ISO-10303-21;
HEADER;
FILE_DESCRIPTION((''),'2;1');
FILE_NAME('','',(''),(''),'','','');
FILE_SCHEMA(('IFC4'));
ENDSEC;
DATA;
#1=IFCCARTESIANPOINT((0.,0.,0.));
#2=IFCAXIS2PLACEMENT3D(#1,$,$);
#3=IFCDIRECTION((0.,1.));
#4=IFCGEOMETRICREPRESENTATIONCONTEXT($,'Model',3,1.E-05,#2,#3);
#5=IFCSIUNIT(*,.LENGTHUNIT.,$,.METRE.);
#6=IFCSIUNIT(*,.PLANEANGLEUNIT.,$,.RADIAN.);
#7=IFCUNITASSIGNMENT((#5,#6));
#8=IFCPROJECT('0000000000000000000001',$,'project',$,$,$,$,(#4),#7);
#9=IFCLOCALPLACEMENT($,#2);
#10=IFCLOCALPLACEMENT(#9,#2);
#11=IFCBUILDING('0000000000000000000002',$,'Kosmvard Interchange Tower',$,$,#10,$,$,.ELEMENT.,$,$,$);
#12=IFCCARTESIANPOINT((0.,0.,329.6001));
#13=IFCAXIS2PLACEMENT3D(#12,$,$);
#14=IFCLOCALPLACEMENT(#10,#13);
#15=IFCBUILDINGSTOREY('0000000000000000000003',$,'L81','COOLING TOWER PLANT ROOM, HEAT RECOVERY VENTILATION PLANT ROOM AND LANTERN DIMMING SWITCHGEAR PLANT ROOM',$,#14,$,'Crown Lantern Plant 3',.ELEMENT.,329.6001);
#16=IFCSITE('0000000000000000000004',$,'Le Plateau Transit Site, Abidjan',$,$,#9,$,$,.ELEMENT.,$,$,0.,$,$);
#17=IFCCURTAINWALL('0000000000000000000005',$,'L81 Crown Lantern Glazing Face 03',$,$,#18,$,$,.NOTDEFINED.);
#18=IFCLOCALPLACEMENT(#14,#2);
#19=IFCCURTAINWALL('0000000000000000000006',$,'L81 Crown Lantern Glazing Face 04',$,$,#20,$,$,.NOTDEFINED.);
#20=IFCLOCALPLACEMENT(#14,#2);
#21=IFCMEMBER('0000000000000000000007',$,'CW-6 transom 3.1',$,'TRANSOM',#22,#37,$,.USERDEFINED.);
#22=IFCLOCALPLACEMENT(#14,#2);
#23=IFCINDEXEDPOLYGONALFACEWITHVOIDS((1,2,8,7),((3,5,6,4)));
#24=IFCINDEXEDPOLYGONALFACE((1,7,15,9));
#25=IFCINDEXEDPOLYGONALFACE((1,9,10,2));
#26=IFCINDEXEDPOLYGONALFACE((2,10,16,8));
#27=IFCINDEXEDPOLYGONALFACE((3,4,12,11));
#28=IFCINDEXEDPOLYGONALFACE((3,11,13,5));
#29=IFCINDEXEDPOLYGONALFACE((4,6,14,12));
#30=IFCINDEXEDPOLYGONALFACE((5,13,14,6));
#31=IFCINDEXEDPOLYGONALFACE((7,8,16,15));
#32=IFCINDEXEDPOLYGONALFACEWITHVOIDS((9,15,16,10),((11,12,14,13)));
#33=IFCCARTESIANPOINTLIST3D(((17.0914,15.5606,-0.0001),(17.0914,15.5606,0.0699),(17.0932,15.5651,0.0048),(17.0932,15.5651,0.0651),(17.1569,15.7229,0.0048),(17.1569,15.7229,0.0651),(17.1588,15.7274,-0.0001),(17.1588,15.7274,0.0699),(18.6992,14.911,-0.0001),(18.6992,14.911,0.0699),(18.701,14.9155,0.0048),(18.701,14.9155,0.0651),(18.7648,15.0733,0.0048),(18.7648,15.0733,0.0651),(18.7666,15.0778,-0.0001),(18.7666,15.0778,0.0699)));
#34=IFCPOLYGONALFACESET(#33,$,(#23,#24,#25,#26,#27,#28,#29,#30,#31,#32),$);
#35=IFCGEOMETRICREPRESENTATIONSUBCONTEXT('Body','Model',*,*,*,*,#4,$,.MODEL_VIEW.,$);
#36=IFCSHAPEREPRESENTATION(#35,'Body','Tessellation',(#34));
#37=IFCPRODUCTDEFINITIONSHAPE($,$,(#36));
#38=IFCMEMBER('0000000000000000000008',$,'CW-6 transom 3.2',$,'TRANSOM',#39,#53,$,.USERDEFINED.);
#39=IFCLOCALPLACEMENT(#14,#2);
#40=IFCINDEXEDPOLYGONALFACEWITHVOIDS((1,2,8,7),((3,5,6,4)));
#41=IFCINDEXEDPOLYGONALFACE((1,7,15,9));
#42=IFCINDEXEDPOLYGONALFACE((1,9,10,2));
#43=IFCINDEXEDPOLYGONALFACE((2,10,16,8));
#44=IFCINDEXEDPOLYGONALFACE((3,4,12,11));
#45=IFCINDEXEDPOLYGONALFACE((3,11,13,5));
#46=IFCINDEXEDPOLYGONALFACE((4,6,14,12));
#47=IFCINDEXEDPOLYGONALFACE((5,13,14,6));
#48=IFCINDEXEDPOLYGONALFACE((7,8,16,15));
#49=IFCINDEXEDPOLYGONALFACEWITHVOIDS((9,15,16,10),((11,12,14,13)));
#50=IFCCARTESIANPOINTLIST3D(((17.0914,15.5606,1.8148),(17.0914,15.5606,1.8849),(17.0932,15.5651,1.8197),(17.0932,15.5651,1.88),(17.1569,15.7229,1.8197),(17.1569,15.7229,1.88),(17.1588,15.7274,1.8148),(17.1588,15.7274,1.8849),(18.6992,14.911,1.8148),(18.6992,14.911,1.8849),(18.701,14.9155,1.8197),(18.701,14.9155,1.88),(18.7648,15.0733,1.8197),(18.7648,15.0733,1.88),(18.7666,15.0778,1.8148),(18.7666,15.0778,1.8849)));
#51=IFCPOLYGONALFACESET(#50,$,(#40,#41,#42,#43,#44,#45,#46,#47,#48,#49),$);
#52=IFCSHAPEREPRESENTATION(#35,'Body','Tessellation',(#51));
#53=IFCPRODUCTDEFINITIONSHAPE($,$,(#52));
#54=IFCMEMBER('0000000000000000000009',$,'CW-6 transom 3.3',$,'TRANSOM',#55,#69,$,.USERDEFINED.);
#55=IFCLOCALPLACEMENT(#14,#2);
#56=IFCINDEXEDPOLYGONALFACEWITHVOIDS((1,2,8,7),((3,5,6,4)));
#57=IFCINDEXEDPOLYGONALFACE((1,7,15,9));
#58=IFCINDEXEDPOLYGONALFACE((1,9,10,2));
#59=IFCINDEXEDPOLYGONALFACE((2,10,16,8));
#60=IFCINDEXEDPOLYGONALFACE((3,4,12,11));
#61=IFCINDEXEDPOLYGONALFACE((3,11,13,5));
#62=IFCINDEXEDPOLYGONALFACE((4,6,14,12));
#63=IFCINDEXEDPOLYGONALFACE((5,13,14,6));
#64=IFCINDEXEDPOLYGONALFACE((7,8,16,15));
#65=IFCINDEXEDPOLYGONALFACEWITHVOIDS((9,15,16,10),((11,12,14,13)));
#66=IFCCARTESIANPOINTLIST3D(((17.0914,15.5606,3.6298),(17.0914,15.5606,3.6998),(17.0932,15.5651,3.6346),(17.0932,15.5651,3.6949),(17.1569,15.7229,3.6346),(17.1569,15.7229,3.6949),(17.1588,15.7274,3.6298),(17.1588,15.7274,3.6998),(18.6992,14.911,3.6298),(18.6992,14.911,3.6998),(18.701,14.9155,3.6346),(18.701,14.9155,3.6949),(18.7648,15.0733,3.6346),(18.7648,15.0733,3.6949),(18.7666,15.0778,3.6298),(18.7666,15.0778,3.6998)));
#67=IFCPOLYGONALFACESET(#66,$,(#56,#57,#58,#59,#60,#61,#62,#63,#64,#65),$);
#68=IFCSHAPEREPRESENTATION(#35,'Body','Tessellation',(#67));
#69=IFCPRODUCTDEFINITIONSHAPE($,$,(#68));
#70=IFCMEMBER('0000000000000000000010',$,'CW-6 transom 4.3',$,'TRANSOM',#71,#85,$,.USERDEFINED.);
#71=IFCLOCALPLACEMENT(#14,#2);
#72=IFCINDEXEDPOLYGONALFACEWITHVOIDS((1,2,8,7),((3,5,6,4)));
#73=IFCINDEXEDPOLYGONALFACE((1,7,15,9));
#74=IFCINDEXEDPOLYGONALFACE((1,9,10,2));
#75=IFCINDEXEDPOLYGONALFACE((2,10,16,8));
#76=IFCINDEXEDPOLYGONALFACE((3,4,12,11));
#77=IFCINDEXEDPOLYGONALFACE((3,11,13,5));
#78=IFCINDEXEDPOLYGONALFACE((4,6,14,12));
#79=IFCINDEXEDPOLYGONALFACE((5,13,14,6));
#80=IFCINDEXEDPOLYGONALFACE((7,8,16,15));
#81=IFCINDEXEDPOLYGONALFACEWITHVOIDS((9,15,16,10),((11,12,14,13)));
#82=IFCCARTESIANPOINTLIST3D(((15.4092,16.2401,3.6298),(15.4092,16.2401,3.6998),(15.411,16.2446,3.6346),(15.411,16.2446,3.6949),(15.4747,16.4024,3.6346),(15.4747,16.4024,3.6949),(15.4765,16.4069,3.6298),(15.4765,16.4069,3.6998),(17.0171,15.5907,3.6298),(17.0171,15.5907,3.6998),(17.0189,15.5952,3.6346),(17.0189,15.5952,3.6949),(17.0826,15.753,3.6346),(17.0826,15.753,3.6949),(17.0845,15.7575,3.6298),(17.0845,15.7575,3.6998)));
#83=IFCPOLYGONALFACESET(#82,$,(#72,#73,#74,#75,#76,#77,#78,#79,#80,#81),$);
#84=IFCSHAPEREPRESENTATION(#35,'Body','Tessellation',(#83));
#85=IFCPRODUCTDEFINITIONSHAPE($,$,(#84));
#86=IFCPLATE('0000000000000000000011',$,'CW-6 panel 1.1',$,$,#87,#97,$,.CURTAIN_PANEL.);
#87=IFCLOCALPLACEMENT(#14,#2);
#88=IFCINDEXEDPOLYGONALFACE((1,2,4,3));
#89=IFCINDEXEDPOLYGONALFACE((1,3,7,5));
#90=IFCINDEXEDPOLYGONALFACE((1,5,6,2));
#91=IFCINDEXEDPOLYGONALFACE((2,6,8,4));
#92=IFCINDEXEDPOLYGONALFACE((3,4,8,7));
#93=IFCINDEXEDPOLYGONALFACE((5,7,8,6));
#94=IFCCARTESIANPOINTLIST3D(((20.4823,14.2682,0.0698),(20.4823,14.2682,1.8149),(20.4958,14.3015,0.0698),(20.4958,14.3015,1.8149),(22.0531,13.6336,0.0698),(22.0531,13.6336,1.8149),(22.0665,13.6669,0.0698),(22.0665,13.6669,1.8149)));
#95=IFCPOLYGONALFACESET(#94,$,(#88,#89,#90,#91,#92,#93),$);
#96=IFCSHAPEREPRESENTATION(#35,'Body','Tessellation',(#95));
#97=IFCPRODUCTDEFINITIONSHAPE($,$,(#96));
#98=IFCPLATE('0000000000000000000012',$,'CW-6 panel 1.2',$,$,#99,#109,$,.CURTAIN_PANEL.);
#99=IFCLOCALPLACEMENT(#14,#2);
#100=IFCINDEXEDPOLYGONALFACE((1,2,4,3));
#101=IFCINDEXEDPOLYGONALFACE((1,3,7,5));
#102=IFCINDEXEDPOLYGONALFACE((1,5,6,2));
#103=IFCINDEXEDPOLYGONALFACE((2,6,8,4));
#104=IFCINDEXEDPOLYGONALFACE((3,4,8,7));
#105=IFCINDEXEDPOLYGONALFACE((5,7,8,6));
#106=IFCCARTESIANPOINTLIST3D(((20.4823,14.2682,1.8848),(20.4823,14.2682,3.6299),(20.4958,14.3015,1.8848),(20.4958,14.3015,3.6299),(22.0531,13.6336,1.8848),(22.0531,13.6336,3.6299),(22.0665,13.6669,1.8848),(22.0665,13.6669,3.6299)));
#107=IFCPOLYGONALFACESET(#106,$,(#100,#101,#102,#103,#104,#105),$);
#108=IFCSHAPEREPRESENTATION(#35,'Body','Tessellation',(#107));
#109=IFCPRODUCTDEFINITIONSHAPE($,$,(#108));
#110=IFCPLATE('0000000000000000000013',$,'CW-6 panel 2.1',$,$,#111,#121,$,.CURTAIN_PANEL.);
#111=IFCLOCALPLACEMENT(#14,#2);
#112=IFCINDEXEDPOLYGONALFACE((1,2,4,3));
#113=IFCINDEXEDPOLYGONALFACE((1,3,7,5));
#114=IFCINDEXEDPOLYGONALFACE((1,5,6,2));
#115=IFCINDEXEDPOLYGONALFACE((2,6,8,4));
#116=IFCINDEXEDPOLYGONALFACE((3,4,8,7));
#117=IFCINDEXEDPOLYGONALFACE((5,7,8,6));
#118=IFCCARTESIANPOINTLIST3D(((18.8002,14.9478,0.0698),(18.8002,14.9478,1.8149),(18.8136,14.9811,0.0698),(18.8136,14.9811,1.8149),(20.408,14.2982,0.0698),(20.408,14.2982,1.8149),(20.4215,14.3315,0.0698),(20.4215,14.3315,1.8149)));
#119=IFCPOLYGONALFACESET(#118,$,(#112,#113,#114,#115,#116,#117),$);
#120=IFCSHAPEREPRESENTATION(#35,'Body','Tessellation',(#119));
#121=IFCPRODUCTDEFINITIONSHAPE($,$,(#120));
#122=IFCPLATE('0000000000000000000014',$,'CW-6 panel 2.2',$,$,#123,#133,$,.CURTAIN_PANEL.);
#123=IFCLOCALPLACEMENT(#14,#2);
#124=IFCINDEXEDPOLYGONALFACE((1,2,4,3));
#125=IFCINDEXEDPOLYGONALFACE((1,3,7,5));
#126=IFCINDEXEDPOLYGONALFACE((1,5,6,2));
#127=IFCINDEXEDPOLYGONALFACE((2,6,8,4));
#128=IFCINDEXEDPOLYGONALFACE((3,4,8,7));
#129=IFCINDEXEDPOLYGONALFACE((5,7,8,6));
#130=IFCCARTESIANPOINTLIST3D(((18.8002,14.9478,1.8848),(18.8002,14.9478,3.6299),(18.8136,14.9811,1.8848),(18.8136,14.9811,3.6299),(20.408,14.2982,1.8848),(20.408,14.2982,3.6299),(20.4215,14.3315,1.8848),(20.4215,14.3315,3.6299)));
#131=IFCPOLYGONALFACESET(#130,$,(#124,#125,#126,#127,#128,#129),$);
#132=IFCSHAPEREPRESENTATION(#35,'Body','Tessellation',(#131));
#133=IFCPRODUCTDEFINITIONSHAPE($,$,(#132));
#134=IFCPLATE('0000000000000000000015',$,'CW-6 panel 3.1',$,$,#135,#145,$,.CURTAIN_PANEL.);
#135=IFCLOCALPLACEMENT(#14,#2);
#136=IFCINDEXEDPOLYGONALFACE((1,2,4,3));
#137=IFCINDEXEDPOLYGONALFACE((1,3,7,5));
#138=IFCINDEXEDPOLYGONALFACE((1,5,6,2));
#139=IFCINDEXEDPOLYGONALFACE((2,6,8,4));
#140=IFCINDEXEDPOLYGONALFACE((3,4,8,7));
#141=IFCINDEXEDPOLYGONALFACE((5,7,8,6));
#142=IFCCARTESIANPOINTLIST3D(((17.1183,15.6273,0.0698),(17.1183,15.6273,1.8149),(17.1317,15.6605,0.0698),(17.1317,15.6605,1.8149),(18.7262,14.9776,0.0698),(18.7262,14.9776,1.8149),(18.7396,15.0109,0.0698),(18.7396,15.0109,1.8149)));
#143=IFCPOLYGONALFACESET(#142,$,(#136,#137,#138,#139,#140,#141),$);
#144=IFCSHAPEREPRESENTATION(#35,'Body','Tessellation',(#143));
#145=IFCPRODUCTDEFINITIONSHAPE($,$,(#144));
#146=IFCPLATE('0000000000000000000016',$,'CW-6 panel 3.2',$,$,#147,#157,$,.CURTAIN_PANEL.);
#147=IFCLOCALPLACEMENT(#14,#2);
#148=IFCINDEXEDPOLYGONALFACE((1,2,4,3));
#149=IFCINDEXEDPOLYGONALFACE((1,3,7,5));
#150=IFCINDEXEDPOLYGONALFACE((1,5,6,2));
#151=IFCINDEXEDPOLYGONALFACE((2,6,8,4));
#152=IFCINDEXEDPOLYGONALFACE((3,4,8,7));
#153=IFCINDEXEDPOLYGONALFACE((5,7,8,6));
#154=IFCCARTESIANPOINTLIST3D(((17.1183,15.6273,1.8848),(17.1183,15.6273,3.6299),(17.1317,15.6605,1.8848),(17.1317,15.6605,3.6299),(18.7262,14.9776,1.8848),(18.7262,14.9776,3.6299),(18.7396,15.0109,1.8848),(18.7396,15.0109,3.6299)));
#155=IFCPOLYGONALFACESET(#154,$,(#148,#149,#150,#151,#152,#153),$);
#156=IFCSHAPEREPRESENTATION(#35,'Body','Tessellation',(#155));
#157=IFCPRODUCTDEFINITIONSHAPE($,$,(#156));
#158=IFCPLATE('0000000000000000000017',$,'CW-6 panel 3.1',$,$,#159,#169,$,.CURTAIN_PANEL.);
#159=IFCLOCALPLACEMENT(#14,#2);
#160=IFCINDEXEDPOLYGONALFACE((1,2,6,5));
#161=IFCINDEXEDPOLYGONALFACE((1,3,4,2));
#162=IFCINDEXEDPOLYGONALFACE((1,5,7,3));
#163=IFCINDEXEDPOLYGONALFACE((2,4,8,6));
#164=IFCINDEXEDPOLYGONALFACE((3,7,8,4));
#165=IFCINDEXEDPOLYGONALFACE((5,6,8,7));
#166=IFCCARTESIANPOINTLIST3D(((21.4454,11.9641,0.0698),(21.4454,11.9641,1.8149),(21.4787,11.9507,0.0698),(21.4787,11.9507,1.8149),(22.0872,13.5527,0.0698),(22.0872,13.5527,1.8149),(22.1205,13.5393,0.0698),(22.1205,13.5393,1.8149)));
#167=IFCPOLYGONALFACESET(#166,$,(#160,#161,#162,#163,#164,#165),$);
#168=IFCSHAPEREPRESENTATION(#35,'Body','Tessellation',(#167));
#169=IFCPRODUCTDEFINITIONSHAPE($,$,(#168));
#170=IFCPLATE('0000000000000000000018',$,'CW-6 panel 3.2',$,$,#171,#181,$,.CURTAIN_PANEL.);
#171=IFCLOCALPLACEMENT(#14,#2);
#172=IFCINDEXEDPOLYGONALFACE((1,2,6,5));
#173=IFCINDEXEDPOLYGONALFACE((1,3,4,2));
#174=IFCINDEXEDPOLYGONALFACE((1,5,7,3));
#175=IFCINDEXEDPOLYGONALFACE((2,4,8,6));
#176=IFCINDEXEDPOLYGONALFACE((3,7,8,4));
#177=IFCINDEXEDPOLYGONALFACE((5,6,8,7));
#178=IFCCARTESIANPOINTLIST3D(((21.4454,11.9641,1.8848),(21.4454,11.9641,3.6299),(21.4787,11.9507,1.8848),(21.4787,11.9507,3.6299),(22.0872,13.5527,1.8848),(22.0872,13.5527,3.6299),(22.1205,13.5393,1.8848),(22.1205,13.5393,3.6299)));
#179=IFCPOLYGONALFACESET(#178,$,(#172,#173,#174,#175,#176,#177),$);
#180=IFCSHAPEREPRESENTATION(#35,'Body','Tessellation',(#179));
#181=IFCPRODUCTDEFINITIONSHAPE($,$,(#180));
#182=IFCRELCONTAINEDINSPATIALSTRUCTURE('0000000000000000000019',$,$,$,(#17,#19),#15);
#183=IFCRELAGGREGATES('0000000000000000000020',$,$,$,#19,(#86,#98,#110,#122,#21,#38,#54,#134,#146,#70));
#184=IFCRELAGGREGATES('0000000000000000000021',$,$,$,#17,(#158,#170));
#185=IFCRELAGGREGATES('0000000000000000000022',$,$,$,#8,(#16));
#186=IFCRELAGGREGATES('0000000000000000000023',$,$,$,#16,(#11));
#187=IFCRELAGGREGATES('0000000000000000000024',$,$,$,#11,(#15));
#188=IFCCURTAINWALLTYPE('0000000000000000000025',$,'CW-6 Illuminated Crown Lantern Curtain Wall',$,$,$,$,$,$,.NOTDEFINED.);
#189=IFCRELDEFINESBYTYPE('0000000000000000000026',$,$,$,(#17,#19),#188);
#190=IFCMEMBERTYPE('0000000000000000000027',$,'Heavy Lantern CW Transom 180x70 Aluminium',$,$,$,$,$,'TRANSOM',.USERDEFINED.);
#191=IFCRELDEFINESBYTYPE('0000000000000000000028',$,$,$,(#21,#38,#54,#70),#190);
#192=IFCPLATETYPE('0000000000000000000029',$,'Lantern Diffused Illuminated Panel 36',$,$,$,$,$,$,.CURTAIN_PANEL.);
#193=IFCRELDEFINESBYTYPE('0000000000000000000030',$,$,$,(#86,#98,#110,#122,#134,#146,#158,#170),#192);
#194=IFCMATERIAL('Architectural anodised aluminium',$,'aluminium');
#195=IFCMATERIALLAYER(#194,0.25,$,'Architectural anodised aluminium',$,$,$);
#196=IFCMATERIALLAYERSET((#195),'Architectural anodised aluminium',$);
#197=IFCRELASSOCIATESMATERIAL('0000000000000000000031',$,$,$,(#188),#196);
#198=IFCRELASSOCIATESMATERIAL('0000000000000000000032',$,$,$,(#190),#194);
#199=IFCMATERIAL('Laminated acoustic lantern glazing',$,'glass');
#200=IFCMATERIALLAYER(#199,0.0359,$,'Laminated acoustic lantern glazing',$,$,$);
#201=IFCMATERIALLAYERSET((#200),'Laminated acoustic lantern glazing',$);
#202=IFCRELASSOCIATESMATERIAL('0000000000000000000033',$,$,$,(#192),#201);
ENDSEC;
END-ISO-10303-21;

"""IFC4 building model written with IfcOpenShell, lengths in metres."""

from ifc_helpers import new_model, si_unit, direction, frame, origin, origin_2d, place, context, subcontext, project, spatial, rectangle, hollow_rectangle, extrude, source, transform, mapped, material, layer, layer_set, material_profile, profile_set, type_object, element, aggregate, save


model = new_model("IFC4")

# Units and contexts
model_context = context("Model", 3, precision=1e-05, world=origin(), true_north=direction((0.0, 1.0)))
body_context = subcontext(model_context, "Body", "Model", "MODEL_VIEW")
ifc_project = project(units=[si_unit("LENGTHUNIT", "METRE"), si_unit("PLANEANGLEUNIT", "RADIAN")], contexts=[model_context])

# Site, building, storey
site_placement = place(None, origin())
site = spatial("IfcSite", under=ifc_project, at=site_placement, Name="Le Plateau Transit Site, Abidjan", CompositionType="ELEMENT", RefElevation=0.0)
building_placement = place(site_placement, origin())
building = spatial("IfcBuilding", under=site, at=building_placement, Name="Kosmvard Interchange Tower", CompositionType="ELEMENT")
storey_placement = place(building_placement, frame((0.0, 0.0, 329.6001)))
storey = spatial("IfcBuildingStorey", under=building, at=storey_placement, Name="L81", Description="COOLING TOWER PLANT ROOM, HEAT RECOVERY VENTILATION PLANT ROOM AND LANTERN DIMMING SWITCHGEAR PLANT ROOM", LongName="Crown Lantern Plant 3", CompositionType="ELEMENT", Elevation=329.6001)

# Curtain wall
ifc_material_1 = material(Name="Architectural anodised aluminium", Category="aluminium")
ifc_layer_1 = layer(ifc_material_1, 0.25, Name="Architectural anodised aluminium")
ifc_layer_set_1 = layer_set([ifc_layer_1], Name="Architectural anodised aluminium")
curtain_wall_type = type_object("IfcCurtainWallType", Name="CW-6 Illuminated Crown Lantern Curtain Wall", PredefinedType="NOTDEFINED", material=ifc_layer_set_1)
curtain_wall_1_placement = place(storey_placement, origin())
curtain_wall_1 = element("IfcCurtainWall", 1, at=curtain_wall_1_placement, inside=storey, type_object=curtain_wall_type, Name="L81 Crown Lantern Glazing Face 03", PredefinedType="NOTDEFINED")

# Curtain wall, members, plates
curtain_wall_2_placement = place(storey_placement, origin())
curtain_wall_2 = element("IfcCurtainWall", 2, at=curtain_wall_2_placement, inside=storey, type_object=curtain_wall_type, Name="L81 Crown Lantern Glazing Face 04", PredefinedType="NOTDEFINED")
ifc_material_profile_1 = material_profile(ifc_material_1, hollow_rectangle(XDim=0.1799, YDim=0.0701, WallThickness=0.0049, at=origin_2d()), Name="CWT 180x70x5")
ifc_profile_set_1 = profile_set([ifc_material_profile_1], Name="Architectural anodised aluminium")
member_type_1 = type_object("IfcMemberType", Name="Heavy Lantern CW Transom 180x70 Aluminium", ElementType="TRANSOM", PredefinedType="USERDEFINED", material=ifc_profile_set_1)
shared_shape_1 = source(origin(), body_context, "Body", "SweptSolid", [
    extrude(hollow_rectangle(XDim=0.1799, YDim=0.0701, WallThickness=0.0049, at=origin_2d()), origin(), (0.0, 0.0, 1.0), 1.7341),
])
member_1_placement = place(storey_placement, frame((18.7329, 14.9944, 0.0349), z_axis=(-0.92718, 0.374617, 0.0), x_axis=(-0.374617, -0.92718, 0.0)))
member_1 = element("IfcMember", 3, at=member_1_placement, type_object=member_type_1, Name="CW-6 transom 3.1", ObjectType="TRANSOM", PredefinedType="USERDEFINED", context=body_context, shape_type="MappedRepresentation", body=[
    mapped(shared_shape_1, transform((0.0, 0.0, 0.0), scale=1.0)),
])
member_2_placement = place(storey_placement, frame((18.7329, 14.9944, 1.8499), z_axis=(-0.92718, 0.374617, 0.0), x_axis=(-0.374617, -0.92718, 0.0)))
member_2 = element("IfcMember", 4, at=member_2_placement, type_object=member_type_1, Name="CW-6 transom 3.2", ObjectType="TRANSOM", PredefinedType="USERDEFINED", context=body_context, shape_type="MappedRepresentation", body=[
    mapped(shared_shape_1, transform((0.0, 0.0, 0.0), scale=1.0)),
])
member_3_placement = place(storey_placement, frame((18.7329, 14.9944, 3.6648), z_axis=(-0.92718, 0.374617, 0.0), x_axis=(-0.374617, -0.92718, 0.0)))
member_3 = element("IfcMember", 5, at=member_3_placement, type_object=member_type_1, Name="CW-6 transom 3.3", ObjectType="TRANSOM", PredefinedType="USERDEFINED", context=body_context, shape_type="MappedRepresentation", body=[
    mapped(shared_shape_1, transform((0.0, 0.0, 0.0), scale=1.0)),
])
member_4_placement = place(storey_placement, frame((17.0508, 15.6741, 3.6648), z_axis=(-0.927229, 0.374496, 0.0), x_axis=(-0.374496, -0.927229, 0.0)))
member_4 = element("IfcMember", 6, at=member_4_placement, type_object=member_type_1, Name="CW-6 transom 4.3", ObjectType="TRANSOM", PredefinedType="USERDEFINED", context=body_context, shape_type="MappedRepresentation", body=[
    mapped(shared_shape_1, transform((0.0, 0.0, 0.0), scale=1.0)),
])
ifc_material_2 = material(Name="Laminated acoustic lantern glazing", Category="glass")
ifc_layer_2 = layer(ifc_material_2, 0.0359, Name="Laminated acoustic lantern glazing")
ifc_layer_set_2 = layer_set([ifc_layer_2], Name="Laminated acoustic lantern glazing")
plate_type = type_object("IfcPlateType", Name="Lantern Diffused Illuminated Panel 36", PredefinedType="CURTAIN_PANEL", material=ifc_layer_set_2)
shared_shape_2 = source(origin(), body_context, "Body", "SweptSolid", [
    extrude(rectangle(XDim=1.6941, YDim=0.0359, at=origin_2d()), origin(), (0.0, 0.0, 1.0), 1.7451),
])
plate_1_placement = place(storey_placement, frame((21.2744, 13.9675, 0.0698), z_axis=(0.0, 0.0, 1.0), x_axis=(-0.927184, 0.374607, 0.0)))
plate_1 = element("IfcPlate", 7, at=plate_1_placement, type_object=plate_type, Name="CW-6 panel 1.1", PredefinedType="CURTAIN_PANEL", context=body_context, shape_type="MappedRepresentation", body=[
    mapped(shared_shape_2, transform((0.0, 0.0, 0.0), scale=1.0)),
])
plate_2_placement = place(storey_placement, frame((21.2744, 13.9675, 1.8848), z_axis=(0.0, 0.0, 1.0), x_axis=(-0.927184, 0.374607, 0.0)))
plate_2 = element("IfcPlate", 8, at=plate_2_placement, type_object=plate_type, Name="CW-6 panel 1.2", PredefinedType="CURTAIN_PANEL", context=body_context, shape_type="MappedRepresentation", body=[
    mapped(shared_shape_2, transform((0.0, 0.0, 0.0), scale=1.0)),
])
shared_shape_3 = source(origin(), body_context, "Body", "SweptSolid", [
    extrude(rectangle(XDim=1.7341, YDim=0.0359, at=origin_2d()), origin(), (0.0, 0.0, 1.0), 1.7451),
])
plate_3_placement = place(storey_placement, frame((19.6108, 14.6396, 0.0698), z_axis=(0.0, 0.0, 1.0), x_axis=(-0.927184, 0.374607, 0.0)))
plate_3 = element("IfcPlate", 9, at=plate_3_placement, type_object=plate_type, Name="CW-6 panel 2.1", PredefinedType="CURTAIN_PANEL", context=body_context, shape_type="MappedRepresentation", body=[
    mapped(shared_shape_3, transform((0.0, 0.0, 0.0), scale=1.0)),
])
plate_4_placement = place(storey_placement, frame((19.6108, 14.6396, 1.8848), z_axis=(0.0, 0.0, 1.0), x_axis=(-0.927184, 0.374607, 0.0)))
plate_4 = element("IfcPlate", 10, at=plate_4_placement, type_object=plate_type, Name="CW-6 panel 2.2", PredefinedType="CURTAIN_PANEL", context=body_context, shape_type="MappedRepresentation", body=[
    mapped(shared_shape_3, transform((0.0, 0.0, 0.0), scale=1.0)),
])
plate_5_placement = place(storey_placement, frame((17.929, 15.3191, 0.0698), z_axis=(0.0, 0.0, 1.0), x_axis=(-0.927184, 0.374607, 0.0)))
plate_5 = element("IfcPlate", 11, at=plate_5_placement, type_object=plate_type, Name="CW-6 panel 3.1", PredefinedType="CURTAIN_PANEL", context=body_context, shape_type="MappedRepresentation", body=[
    mapped(shared_shape_3, transform((0.0, 0.0, 0.0), scale=1.0)),
])
plate_6_placement = place(storey_placement, frame((17.929, 15.3191, 1.8848), z_axis=(0.0, 0.0, 1.0), x_axis=(-0.927184, 0.374607, 0.0)))
plate_6 = element("IfcPlate", 12, at=plate_6_placement, type_object=plate_type, Name="CW-6 panel 3.2", PredefinedType="CURTAIN_PANEL", context=body_context, shape_type="MappedRepresentation", body=[
    mapped(shared_shape_3, transform((0.0, 0.0, 0.0), scale=1.0)),
])
aggregate(curtain_wall_2, [plate_1, plate_2, plate_3, plate_4, member_1, member_2, member_3, plate_5, plate_6, member_4])

# Plates
shared_shape_4 = source(origin(), body_context, "Body", "SweptSolid", [
    extrude(rectangle(XDim=1.7134, YDim=0.0359, at=origin_2d()), origin(), (0.0, 0.0, 1.0), 1.7451),
])
plate_7_placement = place(storey_placement, frame((21.783, 12.7517, 0.0698), z_axis=(0.0, 0.0, 1.0), x_axis=(0.374607, 0.927184, 0.0)))
plate_7 = element("IfcPlate", 13, at=plate_7_placement, type_object=plate_type, Name="CW-6 panel 3.1", PredefinedType="CURTAIN_PANEL", context=body_context, shape_type="MappedRepresentation", body=[
    mapped(shared_shape_4, transform((0.0, 0.0, 0.0), scale=1.0)),
])
plate_8_placement = place(storey_placement, frame((21.783, 12.7517, 1.8848), z_axis=(0.0, 0.0, 1.0), x_axis=(0.374607, 0.927184, 0.0)))
plate_8 = element("IfcPlate", 14, at=plate_8_placement, type_object=plate_type, Name="CW-6 panel 3.2", PredefinedType="CURTAIN_PANEL", context=body_context, shape_type="MappedRepresentation", body=[
    mapped(shared_shape_4, transform((0.0, 0.0, 0.0), scale=1.0)),
])
aggregate(curtain_wall_1, [plate_7, plate_8])

save(model, "model.ifc")
